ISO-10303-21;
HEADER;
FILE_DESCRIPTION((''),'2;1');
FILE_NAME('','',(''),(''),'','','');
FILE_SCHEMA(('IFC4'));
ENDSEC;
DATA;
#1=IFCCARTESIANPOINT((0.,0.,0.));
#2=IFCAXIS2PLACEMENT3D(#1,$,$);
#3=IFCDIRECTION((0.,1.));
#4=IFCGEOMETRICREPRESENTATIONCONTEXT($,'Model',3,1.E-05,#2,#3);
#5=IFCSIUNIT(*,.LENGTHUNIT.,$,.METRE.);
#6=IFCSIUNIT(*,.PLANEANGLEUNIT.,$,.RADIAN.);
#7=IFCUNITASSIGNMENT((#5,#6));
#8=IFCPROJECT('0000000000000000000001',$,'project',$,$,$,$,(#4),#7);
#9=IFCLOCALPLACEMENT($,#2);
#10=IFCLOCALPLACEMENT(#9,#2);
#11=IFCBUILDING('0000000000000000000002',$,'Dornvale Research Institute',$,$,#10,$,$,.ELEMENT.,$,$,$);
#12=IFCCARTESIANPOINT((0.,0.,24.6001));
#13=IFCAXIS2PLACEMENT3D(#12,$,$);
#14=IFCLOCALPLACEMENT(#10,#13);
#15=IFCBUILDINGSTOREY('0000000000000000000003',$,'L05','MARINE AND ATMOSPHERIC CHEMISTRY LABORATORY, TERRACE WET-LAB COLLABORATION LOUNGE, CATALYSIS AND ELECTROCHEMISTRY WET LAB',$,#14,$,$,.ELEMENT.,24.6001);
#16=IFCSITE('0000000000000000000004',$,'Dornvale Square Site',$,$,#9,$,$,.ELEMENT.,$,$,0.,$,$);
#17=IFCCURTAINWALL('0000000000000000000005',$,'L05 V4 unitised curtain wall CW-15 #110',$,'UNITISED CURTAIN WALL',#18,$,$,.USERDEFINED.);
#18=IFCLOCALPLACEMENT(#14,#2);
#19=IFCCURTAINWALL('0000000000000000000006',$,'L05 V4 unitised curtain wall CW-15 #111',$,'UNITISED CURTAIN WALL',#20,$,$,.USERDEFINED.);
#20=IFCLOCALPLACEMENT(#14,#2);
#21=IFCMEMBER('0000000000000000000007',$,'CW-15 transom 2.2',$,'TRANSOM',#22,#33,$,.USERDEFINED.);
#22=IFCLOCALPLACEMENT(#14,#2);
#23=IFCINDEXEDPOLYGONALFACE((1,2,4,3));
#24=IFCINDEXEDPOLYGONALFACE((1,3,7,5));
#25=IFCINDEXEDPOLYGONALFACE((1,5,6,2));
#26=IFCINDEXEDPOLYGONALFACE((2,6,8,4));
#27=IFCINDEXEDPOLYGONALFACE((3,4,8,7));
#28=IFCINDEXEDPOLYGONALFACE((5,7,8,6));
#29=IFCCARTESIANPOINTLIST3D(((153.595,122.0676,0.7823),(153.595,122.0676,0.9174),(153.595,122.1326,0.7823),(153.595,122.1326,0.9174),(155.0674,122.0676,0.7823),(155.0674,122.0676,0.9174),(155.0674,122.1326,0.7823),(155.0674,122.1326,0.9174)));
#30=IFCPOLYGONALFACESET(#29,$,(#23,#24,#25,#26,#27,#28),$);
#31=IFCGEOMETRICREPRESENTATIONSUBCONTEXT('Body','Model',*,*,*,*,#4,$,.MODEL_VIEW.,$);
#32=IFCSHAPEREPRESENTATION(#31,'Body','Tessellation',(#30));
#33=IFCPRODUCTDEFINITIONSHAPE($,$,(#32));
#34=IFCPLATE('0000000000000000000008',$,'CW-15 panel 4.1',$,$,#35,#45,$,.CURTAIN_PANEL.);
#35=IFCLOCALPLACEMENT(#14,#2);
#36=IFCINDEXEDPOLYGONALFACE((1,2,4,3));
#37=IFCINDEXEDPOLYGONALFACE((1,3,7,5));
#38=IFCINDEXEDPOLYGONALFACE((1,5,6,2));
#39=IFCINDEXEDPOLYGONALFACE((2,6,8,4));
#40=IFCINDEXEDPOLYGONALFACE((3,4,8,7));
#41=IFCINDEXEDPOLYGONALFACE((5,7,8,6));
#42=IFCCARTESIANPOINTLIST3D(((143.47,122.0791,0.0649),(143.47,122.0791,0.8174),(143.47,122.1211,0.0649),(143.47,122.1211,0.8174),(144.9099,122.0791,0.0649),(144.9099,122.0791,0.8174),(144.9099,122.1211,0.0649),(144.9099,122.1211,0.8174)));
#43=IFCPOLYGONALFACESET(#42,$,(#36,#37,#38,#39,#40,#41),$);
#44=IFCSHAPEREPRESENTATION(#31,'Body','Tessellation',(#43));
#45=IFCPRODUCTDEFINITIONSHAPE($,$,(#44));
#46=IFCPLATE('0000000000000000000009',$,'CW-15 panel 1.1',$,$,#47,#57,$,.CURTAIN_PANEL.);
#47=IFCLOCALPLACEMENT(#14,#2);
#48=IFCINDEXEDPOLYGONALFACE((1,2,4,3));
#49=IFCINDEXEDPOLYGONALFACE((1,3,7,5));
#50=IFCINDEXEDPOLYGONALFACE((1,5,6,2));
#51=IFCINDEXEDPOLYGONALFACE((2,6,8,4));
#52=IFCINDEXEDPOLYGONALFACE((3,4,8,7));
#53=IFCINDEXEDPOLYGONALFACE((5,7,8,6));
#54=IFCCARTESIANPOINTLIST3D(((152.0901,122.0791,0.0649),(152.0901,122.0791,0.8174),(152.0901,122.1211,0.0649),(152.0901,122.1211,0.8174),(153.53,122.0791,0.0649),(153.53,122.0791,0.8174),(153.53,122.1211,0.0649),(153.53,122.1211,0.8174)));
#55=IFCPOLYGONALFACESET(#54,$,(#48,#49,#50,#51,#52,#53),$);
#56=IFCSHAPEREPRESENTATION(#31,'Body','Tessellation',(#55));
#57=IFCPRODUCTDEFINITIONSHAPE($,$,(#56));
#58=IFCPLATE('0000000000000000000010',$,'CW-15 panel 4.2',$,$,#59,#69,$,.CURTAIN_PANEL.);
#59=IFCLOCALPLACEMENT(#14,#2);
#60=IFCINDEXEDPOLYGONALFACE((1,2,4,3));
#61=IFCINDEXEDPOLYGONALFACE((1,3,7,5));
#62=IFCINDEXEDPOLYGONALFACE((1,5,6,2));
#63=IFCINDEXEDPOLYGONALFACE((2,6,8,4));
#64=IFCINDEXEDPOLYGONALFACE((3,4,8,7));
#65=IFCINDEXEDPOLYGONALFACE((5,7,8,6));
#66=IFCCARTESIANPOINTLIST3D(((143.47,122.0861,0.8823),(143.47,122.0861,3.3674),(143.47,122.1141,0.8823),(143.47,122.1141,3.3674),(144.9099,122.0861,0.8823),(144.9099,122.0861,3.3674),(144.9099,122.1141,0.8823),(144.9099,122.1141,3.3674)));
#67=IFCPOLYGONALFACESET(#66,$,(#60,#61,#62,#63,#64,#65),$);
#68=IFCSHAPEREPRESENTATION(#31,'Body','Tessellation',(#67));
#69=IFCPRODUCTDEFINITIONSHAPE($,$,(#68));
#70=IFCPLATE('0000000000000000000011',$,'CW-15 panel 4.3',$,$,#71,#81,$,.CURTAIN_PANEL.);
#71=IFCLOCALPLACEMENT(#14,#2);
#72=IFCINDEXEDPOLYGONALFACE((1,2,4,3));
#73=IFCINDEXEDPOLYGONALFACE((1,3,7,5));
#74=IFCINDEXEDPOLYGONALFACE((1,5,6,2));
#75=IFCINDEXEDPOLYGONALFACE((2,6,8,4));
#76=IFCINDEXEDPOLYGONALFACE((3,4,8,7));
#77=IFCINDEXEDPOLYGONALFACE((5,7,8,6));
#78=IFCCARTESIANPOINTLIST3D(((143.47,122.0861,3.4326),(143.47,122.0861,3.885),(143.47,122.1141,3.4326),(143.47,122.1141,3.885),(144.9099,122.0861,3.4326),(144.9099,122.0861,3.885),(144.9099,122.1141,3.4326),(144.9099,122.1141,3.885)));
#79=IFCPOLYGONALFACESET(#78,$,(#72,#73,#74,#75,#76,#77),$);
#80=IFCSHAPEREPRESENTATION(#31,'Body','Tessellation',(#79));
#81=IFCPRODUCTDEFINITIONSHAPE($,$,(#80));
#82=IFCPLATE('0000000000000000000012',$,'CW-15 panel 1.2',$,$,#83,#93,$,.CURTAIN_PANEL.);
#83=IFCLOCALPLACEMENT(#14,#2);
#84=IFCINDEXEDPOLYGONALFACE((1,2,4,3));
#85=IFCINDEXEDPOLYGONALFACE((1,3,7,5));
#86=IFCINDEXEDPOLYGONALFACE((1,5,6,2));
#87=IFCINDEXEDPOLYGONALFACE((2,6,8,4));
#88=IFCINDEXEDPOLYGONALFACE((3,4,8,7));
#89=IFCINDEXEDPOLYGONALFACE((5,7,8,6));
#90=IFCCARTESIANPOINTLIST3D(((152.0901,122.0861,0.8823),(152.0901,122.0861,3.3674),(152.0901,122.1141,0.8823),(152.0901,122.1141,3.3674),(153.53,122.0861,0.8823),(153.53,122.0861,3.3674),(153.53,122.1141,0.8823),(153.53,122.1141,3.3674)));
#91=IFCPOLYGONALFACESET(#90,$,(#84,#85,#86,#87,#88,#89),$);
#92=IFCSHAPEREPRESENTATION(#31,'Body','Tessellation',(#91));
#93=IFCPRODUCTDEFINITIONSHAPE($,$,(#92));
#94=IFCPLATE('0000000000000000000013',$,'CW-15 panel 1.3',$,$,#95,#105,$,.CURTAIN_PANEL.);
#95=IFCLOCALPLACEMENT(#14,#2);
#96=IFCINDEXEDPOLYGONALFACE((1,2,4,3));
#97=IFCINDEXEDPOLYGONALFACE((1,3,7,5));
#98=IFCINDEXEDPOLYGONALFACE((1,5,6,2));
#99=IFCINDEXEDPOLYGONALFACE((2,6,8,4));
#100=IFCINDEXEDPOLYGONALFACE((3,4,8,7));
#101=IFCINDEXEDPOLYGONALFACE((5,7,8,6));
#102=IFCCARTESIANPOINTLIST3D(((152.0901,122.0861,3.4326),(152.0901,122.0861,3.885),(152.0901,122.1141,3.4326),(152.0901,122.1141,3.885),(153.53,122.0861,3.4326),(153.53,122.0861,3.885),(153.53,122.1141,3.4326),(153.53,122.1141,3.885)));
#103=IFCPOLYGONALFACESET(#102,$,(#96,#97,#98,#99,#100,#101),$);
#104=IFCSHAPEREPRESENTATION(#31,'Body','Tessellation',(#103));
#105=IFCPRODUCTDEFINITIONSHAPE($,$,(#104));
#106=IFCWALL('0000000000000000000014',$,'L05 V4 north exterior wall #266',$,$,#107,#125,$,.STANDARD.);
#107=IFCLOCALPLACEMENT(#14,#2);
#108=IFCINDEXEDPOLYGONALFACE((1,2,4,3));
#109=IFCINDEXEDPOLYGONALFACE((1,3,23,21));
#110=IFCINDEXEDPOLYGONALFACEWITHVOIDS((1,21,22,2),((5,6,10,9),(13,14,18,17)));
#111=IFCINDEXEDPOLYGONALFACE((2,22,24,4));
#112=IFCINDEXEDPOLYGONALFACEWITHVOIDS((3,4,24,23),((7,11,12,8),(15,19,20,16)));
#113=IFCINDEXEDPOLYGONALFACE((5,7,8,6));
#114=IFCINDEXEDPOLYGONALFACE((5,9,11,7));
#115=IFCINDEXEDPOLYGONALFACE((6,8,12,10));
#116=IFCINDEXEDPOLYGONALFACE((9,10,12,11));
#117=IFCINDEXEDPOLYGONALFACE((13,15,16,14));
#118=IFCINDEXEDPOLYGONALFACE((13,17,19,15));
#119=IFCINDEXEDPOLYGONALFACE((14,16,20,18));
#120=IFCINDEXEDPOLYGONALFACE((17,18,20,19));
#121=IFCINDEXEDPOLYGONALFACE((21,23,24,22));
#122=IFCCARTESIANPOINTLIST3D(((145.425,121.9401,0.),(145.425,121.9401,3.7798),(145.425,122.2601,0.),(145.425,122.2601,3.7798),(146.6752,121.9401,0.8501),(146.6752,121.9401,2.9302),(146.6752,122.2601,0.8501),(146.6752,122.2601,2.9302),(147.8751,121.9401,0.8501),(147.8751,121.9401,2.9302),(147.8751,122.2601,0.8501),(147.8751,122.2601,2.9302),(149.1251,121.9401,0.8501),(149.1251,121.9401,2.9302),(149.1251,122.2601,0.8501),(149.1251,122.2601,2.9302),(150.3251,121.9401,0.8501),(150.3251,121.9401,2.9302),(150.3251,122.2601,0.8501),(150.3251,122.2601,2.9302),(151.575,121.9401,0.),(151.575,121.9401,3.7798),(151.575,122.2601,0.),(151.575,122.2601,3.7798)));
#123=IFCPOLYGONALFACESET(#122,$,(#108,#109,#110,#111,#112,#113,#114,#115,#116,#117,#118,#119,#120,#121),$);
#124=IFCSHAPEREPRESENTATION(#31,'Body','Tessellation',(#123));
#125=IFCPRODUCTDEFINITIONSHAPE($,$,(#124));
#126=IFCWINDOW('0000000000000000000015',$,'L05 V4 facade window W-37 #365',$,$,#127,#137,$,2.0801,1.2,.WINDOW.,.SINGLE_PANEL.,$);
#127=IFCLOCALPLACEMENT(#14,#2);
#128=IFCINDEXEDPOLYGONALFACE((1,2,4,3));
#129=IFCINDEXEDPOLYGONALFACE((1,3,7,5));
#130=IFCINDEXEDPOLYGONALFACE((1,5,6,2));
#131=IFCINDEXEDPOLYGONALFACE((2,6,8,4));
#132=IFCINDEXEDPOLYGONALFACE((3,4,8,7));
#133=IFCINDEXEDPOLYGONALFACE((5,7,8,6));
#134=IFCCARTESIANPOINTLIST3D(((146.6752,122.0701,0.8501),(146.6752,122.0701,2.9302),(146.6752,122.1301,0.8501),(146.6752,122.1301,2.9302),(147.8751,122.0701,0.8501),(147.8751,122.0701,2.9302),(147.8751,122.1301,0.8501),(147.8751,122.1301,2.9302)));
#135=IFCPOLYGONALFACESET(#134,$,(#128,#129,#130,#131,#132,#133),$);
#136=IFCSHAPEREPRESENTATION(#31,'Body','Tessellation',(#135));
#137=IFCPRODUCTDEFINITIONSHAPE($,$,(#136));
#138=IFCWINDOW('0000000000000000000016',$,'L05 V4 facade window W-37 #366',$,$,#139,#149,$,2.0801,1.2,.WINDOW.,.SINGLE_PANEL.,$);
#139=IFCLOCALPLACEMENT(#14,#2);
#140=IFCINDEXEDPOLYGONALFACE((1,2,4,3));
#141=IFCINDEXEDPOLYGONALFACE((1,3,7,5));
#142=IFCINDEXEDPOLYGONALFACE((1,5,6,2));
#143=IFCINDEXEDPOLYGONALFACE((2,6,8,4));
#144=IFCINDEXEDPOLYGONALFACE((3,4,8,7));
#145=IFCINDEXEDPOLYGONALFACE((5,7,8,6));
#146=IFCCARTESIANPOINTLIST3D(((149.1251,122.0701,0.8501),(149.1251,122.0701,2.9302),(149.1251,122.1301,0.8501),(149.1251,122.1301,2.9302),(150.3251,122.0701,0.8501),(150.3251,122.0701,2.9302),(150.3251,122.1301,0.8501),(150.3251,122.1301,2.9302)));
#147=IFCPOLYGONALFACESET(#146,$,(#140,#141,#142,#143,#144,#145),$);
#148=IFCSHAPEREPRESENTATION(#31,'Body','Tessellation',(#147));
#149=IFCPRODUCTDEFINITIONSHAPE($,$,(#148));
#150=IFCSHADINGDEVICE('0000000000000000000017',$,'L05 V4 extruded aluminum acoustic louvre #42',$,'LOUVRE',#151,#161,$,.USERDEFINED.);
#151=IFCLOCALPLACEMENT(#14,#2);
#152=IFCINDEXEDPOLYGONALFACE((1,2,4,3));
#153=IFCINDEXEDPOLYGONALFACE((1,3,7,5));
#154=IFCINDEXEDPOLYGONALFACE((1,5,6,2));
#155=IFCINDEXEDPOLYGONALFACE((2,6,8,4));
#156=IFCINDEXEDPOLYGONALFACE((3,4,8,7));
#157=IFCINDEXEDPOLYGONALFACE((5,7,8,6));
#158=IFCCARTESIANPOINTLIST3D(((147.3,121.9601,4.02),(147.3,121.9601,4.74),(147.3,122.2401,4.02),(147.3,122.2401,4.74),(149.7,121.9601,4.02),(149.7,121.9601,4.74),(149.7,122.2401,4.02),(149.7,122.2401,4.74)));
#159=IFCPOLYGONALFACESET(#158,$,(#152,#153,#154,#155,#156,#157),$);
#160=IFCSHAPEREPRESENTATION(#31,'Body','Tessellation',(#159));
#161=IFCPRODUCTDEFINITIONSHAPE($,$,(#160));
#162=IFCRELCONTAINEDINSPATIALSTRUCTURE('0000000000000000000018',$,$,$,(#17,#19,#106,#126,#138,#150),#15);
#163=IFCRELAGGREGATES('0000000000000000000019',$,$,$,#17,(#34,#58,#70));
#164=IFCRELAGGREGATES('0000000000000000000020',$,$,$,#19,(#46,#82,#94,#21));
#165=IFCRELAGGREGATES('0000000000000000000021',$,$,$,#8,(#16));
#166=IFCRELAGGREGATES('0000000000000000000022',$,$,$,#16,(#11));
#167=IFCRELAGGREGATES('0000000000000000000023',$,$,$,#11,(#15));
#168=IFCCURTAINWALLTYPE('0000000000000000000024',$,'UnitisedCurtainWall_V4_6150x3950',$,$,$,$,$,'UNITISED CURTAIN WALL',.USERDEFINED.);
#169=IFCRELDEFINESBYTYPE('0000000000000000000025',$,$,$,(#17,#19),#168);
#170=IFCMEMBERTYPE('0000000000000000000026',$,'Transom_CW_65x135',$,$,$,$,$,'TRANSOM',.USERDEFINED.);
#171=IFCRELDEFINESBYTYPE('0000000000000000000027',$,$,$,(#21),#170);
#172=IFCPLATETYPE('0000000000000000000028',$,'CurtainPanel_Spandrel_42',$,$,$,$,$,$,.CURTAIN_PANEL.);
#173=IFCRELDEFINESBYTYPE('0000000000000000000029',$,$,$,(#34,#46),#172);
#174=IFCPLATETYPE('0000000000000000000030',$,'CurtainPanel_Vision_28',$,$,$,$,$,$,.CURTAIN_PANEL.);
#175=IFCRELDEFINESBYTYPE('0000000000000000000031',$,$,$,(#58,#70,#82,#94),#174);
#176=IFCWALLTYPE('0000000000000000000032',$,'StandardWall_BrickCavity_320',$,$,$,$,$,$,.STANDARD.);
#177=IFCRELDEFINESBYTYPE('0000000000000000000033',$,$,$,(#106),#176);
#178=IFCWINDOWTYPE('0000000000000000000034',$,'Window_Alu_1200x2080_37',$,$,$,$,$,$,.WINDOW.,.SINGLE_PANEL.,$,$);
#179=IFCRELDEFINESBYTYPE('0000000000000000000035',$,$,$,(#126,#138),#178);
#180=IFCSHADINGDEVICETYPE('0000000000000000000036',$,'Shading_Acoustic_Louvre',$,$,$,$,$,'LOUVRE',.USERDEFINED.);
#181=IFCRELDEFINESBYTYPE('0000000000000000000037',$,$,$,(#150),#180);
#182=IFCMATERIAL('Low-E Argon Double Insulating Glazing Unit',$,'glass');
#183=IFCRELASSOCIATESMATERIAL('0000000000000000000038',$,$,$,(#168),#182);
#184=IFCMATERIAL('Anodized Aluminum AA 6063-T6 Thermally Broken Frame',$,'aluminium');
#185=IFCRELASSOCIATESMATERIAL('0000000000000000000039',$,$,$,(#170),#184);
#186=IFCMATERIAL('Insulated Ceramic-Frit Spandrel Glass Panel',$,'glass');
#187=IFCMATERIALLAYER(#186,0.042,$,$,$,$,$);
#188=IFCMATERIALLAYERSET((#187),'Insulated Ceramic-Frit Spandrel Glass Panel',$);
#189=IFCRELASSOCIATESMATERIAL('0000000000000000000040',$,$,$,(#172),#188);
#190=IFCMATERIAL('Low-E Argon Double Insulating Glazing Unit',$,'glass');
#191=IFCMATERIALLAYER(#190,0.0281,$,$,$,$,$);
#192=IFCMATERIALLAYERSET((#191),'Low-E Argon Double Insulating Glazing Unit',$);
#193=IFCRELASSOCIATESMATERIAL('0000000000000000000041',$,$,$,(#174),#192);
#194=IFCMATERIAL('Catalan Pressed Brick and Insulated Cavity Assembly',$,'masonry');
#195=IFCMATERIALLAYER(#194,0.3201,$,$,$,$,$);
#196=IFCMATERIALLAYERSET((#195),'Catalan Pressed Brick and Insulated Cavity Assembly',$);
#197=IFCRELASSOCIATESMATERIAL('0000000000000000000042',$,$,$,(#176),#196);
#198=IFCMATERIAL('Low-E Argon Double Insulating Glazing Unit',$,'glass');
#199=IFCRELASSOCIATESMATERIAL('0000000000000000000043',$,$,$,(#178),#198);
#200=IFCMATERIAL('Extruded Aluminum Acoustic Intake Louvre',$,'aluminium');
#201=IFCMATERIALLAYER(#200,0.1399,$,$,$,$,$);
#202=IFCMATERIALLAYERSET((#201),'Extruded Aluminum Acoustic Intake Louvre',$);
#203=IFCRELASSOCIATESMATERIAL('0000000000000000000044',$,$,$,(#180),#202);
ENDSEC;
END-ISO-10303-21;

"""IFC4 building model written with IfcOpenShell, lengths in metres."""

from ifc_helpers import new_model, si_unit, direction, frame, frame_2d, origin, origin_2d, place, context, subcontext, project, spatial, rectangle, extrude, material, layer, layer_set, material_profile, profile_set, type_object, element, fill, aggregate, save


model = new_model("IFC4")

# Units and contexts
model_context = context("Model", 3, precision=1e-05, world=origin(), true_north=direction((0.0, 1.0)))
body_context = subcontext(model_context, "Body", "Model", "MODEL_VIEW")
ifc_project = project(units=[si_unit("LENGTHUNIT", "METRE"), si_unit("PLANEANGLEUNIT", "RADIAN")], contexts=[model_context])

# Site, building, storey
site_placement = place(None, origin())
site = spatial("IfcSite", under=ifc_project, at=site_placement, Name="Dornvale Square Site", CompositionType="ELEMENT", RefElevation=0.0)
building_placement = place(site_placement, origin())
building = spatial("IfcBuilding", under=site, at=building_placement, Name="Dornvale Research Institute", CompositionType="ELEMENT")
storey_placement = place(building_placement, frame((0.0, 0.0, 24.6001)))
storey = spatial("IfcBuildingStorey", under=building, at=storey_placement, Name="L05", Description="MARINE AND ATMOSPHERIC CHEMISTRY LABORATORY, TERRACE WET-LAB COLLABORATION LOUNGE, CATALYSIS AND ELECTROCHEMISTRY WET LAB", CompositionType="ELEMENT", Elevation=24.6001)

# Curtain wall
ifc_material_1 = material(Name="Low-E Argon Double Insulating Glazing Unit", Category="glass")
curtain_wall_type = type_object("IfcCurtainWallType", Name="UnitisedCurtainWall_V4_6150x3950", ElementType="UNITISED CURTAIN WALL", PredefinedType="USERDEFINED", material=ifc_material_1)
curtain_wall_1_placement = place(storey_placement, origin())
curtain_wall_1 = element("IfcCurtainWall", 1, at=curtain_wall_1_placement, inside=storey, type_object=curtain_wall_type, Name="L05 V4 unitised curtain wall CW-15 #110", ObjectType="UNITISED CURTAIN WALL", PredefinedType="USERDEFINED")

# Curtain wall
curtain_wall_2_placement = place(storey_placement, origin())
curtain_wall_2 = element("IfcCurtainWall", 2, at=curtain_wall_2_placement, inside=storey, type_object=curtain_wall_type, Name="L05 V4 unitised curtain wall CW-15 #111", ObjectType="UNITISED CURTAIN WALL", PredefinedType="USERDEFINED")

# Member
ifc_material_2 = material(Name="Anodized Aluminum AA 6063-T6 Thermally Broken Frame", Category="aluminium")
ifc_material_profile_1 = material_profile(ifc_material_2, rectangle(XDim=0.0649, YDim=0.135, at=origin_2d()), Name="ALU TRANSOM 65x135")
ifc_profile_set_1 = profile_set([ifc_material_profile_1], Name="Anodized Aluminum AA 6063-T6 Thermally Broken Frame")
member_type_1 = type_object("IfcMemberType", Name="Transom_CW_65x135", ElementType="TRANSOM", PredefinedType="USERDEFINED", material=ifc_profile_set_1)
member_1_placement = place(storey_placement, frame((153.595, 122.1001, 0.8499), z_axis=(1.0, 0.0, 0.0), x_axis=(0.0, 1.0, 0.0)))
member_1 = element("IfcMember", 3, at=member_1_placement, type_object=member_type_1, Name="CW-15 transom 2.2", ObjectType="TRANSOM", PredefinedType="USERDEFINED", context=body_context, shape_type="SweptSolid", body=[
    extrude(rectangle(XDim=0.0649, YDim=0.135, at=origin_2d()), origin(), (0.0, 0.0, 1.0), 1.4724),
])

# Plates
ifc_material_3 = material(Name="Insulated Ceramic-Frit Spandrel Glass Panel", Category="glass")
ifc_layer_1 = layer(ifc_material_3, 0.042)
ifc_layer_set_1 = layer_set([ifc_layer_1], Name="Insulated Ceramic-Frit Spandrel Glass Panel")
plate_type_1 = type_object("IfcPlateType", Name="CurtainPanel_Spandrel_42", PredefinedType="CURTAIN_PANEL", material=ifc_layer_set_1)
plate_1_placement = place(storey_placement, frame((144.1899, 122.1001, 0.0649), z_axis=(0.0, 0.0, 1.0), x_axis=(1.0, 0.0, 0.0)))
plate_1 = element("IfcPlate", 4, at=plate_1_placement, type_object=plate_type_1, Name="CW-15 panel 4.1", PredefinedType="CURTAIN_PANEL", context=body_context, shape_type="SweptSolid", body=[
    extrude(rectangle(XDim=1.4399, YDim=0.042, at=origin_2d()), origin(), (0.0, 0.0, 1.0), 0.7524),
])
plate_2_placement = place(storey_placement, frame((152.8101, 122.1001, 0.0649), z_axis=(0.0, 0.0, 1.0), x_axis=(1.0, 0.0, 0.0)))
plate_2 = element("IfcPlate", 5, at=plate_2_placement, type_object=plate_type_1, Name="CW-15 panel 1.1", PredefinedType="CURTAIN_PANEL", context=body_context, shape_type="SweptSolid", body=[
    extrude(rectangle(XDim=1.4399, YDim=0.042, at=origin_2d()), origin(), (0.0, 0.0, 1.0), 0.7524),
])
ifc_material_4 = material(Name="Low-E Argon Double Insulating Glazing Unit", Category="glass")
ifc_layer_2 = layer(ifc_material_4, 0.0281)
ifc_layer_set_2 = layer_set([ifc_layer_2], Name="Low-E Argon Double Insulating Glazing Unit")
plate_type_2 = type_object("IfcPlateType", Name="CurtainPanel_Vision_28", PredefinedType="CURTAIN_PANEL", material=ifc_layer_set_2)
plate_3_placement = place(storey_placement, frame((144.1899, 122.1001, 0.8823), z_axis=(0.0, 0.0, 1.0), x_axis=(1.0, 0.0, 0.0)))
plate_3 = element("IfcPlate", 6, at=plate_3_placement, type_object=plate_type_2, Name="CW-15 panel 4.2", PredefinedType="CURTAIN_PANEL", context=body_context, shape_type="SweptSolid", body=[
    extrude(rectangle(XDim=1.4399, YDim=0.0281, at=origin_2d()), origin(), (0.0, 0.0, 1.0), 2.4851),
])
plate_4_placement = place(storey_placement, frame((144.1899, 122.1001, 3.4326), z_axis=(0.0, 0.0, 1.0), x_axis=(1.0, 0.0, 0.0)))
plate_4 = element("IfcPlate", 7, at=plate_4_placement, type_object=plate_type_2, Name="CW-15 panel 4.3", PredefinedType="CURTAIN_PANEL", context=body_context, shape_type="SweptSolid", body=[
    extrude(rectangle(XDim=1.4399, YDim=0.0281, at=origin_2d()), origin(), (0.0, 0.0, 1.0), 0.4524),
])
aggregate(curtain_wall_1, [plate_1, plate_3, plate_4])
plate_5_placement = place(storey_placement, frame((152.8101, 122.1001, 0.8823), z_axis=(0.0, 0.0, 1.0), x_axis=(1.0, 0.0, 0.0)))
plate_5 = element("IfcPlate", 8, at=plate_5_placement, type_object=plate_type_2, Name="CW-15 panel 1.2", PredefinedType="CURTAIN_PANEL", context=body_context, shape_type="SweptSolid", body=[
    extrude(rectangle(XDim=1.4399, YDim=0.0281, at=origin_2d()), origin(), (0.0, 0.0, 1.0), 2.4851),
])
plate_6_placement = place(storey_placement, frame((152.8101, 122.1001, 3.4326), z_axis=(0.0, 0.0, 1.0), x_axis=(1.0, 0.0, 0.0)))
plate_6 = element("IfcPlate", 9, at=plate_6_placement, type_object=plate_type_2, Name="CW-15 panel 1.3", PredefinedType="CURTAIN_PANEL", context=body_context, shape_type="SweptSolid", body=[
    extrude(rectangle(XDim=1.4399, YDim=0.0281, at=origin_2d()), origin(), (0.0, 0.0, 1.0), 0.4524),
])
aggregate(curtain_wall_2, [plate_2, plate_5, plate_6, member_1])

# Wall, openings, windows
ifc_material_5 = material(Name="Catalan Pressed Brick and Insulated Cavity Assembly", Category="masonry")
ifc_layer_3 = layer(ifc_material_5, 0.3201)
ifc_layer_set_3 = layer_set([ifc_layer_3], Name="Catalan Pressed Brick and Insulated Cavity Assembly")
wall_type = type_object("IfcWallType", Name="StandardWall_BrickCavity_320", PredefinedType="STANDARD", material=ifc_layer_set_3)
wall_placement = place(storey_placement, frame((145.425, 122.1001, 0.0), z_axis=(0.0, 0.0, 1.0), x_axis=(1.0, 0.0, 0.0)))
wall = element("IfcWall", 10, at=wall_placement, inside=storey, type_object=wall_type, Name="L05 V4 north exterior wall #266", PredefinedType="STANDARD", context=body_context, shape_type="SweptSolid", body=[
    extrude(rectangle(XDim=6.1499, YDim=0.3201, at=frame_2d((3.075, 0.0))), origin(), (0.0, 0.0, 1.0), 3.7798),
])
opening_1_placement = place(wall_placement, frame((1.25, 0.0, 0.8501)))
opening_1 = element("IfcOpeningElement", 11, at=opening_1_placement, cuts=wall, PredefinedType="OPENING", context=body_context, shape_type="SweptSolid", body=[
    extrude(rectangle(XDim=1.2, YDim=2.0801, at=frame_2d((0.6001, 1.04))), frame((0.0, 0.175, 0.0), z_axis=(0.0, -1.0, 0.0), x_axis=(1.0, 0.0, 0.0)), (0.0, 0.0, 1.0), 0.3501),
])
opening_2_placement = place(wall_placement, frame((3.7, 0.0, 0.8501)))
opening_2 = element("IfcOpeningElement", 12, at=opening_2_placement, cuts=wall, PredefinedType="OPENING", context=body_context, shape_type="SweptSolid", body=[
    extrude(rectangle(XDim=1.2, YDim=2.0801, at=frame_2d((0.6001, 1.04))), frame((0.0, 0.175, 0.0), z_axis=(0.0, -1.0, 0.0), x_axis=(1.0, 0.0, 0.0)), (0.0, 0.0, 1.0), 0.3501),
])
ifc_material_6 = material(Name="Low-E Argon Double Insulating Glazing Unit", Category="glass")
window_type = type_object("IfcWindowType", Name="Window_Alu_1200x2080_37", PartitioningType="SINGLE_PANEL", PredefinedType="WINDOW", material=ifc_material_6)
window_1_placement = place(opening_1_placement, origin())
window_1 = element("IfcWindow", 13, at=window_1_placement, inside=storey, type_object=window_type, Name="L05 V4 facade window W-37 #365", OverallHeight=2.0801, OverallWidth=1.2, PartitioningType="SINGLE_PANEL", PredefinedType="WINDOW", context=body_context, shape_type="SweptSolid", body=[
    extrude(rectangle(XDim=1.2, YDim=2.0801, at=frame_2d((0.6001, 1.04))), frame((0.0, 0.03, 0.0), z_axis=(0.0, -1.0, 0.0), x_axis=(1.0, 0.0, 0.0)), (0.0, 0.0, 1.0), 0.0601),
])
fill(opening_1, window_1)
window_2_placement = place(opening_2_placement, origin())
window_2 = element("IfcWindow", 14, at=window_2_placement, inside=storey, type_object=window_type, Name="L05 V4 facade window W-37 #366", OverallHeight=2.0801, OverallWidth=1.2, PartitioningType="SINGLE_PANEL", PredefinedType="WINDOW", context=body_context, shape_type="SweptSolid", body=[
    extrude(rectangle(XDim=1.2, YDim=2.0801, at=frame_2d((0.6001, 1.04))), frame((0.0, 0.03, 0.0), z_axis=(0.0, -1.0, 0.0), x_axis=(1.0, 0.0, 0.0)), (0.0, 0.0, 1.0), 0.0601),
])
fill(opening_2, window_2)

# Shading device
ifc_material_7 = material(Name="Extruded Aluminum Acoustic Intake Louvre", Category="aluminium")
ifc_layer_4 = layer(ifc_material_7, 0.1399)
ifc_layer_set_4 = layer_set([ifc_layer_4], Name="Extruded Aluminum Acoustic Intake Louvre")
shading_device_type = type_object("IfcShadingDeviceType", Name="Shading_Acoustic_Louvre", ElementType="LOUVRE", PredefinedType="USERDEFINED", material=ifc_layer_set_4)
shading_device_placement = place(storey_placement, frame((148.5, 122.1001, 4.02), z_axis=(0.0, 0.0, 1.0), x_axis=(1.0, 0.0, 0.0)))
element("IfcShadingDevice", 15, at=shading_device_placement, inside=storey, type_object=shading_device_type, Name="L05 V4 extruded aluminum acoustic louvre #42", ObjectType="LOUVRE", PredefinedType="USERDEFINED", context=body_context, shape_type="SweptSolid", body=[
    extrude(rectangle(XDim=2.3999, YDim=0.28, at=origin_2d()), origin(), (0.0, 0.0, 1.0), 0.72),
])

save(model, "model.ifc")
